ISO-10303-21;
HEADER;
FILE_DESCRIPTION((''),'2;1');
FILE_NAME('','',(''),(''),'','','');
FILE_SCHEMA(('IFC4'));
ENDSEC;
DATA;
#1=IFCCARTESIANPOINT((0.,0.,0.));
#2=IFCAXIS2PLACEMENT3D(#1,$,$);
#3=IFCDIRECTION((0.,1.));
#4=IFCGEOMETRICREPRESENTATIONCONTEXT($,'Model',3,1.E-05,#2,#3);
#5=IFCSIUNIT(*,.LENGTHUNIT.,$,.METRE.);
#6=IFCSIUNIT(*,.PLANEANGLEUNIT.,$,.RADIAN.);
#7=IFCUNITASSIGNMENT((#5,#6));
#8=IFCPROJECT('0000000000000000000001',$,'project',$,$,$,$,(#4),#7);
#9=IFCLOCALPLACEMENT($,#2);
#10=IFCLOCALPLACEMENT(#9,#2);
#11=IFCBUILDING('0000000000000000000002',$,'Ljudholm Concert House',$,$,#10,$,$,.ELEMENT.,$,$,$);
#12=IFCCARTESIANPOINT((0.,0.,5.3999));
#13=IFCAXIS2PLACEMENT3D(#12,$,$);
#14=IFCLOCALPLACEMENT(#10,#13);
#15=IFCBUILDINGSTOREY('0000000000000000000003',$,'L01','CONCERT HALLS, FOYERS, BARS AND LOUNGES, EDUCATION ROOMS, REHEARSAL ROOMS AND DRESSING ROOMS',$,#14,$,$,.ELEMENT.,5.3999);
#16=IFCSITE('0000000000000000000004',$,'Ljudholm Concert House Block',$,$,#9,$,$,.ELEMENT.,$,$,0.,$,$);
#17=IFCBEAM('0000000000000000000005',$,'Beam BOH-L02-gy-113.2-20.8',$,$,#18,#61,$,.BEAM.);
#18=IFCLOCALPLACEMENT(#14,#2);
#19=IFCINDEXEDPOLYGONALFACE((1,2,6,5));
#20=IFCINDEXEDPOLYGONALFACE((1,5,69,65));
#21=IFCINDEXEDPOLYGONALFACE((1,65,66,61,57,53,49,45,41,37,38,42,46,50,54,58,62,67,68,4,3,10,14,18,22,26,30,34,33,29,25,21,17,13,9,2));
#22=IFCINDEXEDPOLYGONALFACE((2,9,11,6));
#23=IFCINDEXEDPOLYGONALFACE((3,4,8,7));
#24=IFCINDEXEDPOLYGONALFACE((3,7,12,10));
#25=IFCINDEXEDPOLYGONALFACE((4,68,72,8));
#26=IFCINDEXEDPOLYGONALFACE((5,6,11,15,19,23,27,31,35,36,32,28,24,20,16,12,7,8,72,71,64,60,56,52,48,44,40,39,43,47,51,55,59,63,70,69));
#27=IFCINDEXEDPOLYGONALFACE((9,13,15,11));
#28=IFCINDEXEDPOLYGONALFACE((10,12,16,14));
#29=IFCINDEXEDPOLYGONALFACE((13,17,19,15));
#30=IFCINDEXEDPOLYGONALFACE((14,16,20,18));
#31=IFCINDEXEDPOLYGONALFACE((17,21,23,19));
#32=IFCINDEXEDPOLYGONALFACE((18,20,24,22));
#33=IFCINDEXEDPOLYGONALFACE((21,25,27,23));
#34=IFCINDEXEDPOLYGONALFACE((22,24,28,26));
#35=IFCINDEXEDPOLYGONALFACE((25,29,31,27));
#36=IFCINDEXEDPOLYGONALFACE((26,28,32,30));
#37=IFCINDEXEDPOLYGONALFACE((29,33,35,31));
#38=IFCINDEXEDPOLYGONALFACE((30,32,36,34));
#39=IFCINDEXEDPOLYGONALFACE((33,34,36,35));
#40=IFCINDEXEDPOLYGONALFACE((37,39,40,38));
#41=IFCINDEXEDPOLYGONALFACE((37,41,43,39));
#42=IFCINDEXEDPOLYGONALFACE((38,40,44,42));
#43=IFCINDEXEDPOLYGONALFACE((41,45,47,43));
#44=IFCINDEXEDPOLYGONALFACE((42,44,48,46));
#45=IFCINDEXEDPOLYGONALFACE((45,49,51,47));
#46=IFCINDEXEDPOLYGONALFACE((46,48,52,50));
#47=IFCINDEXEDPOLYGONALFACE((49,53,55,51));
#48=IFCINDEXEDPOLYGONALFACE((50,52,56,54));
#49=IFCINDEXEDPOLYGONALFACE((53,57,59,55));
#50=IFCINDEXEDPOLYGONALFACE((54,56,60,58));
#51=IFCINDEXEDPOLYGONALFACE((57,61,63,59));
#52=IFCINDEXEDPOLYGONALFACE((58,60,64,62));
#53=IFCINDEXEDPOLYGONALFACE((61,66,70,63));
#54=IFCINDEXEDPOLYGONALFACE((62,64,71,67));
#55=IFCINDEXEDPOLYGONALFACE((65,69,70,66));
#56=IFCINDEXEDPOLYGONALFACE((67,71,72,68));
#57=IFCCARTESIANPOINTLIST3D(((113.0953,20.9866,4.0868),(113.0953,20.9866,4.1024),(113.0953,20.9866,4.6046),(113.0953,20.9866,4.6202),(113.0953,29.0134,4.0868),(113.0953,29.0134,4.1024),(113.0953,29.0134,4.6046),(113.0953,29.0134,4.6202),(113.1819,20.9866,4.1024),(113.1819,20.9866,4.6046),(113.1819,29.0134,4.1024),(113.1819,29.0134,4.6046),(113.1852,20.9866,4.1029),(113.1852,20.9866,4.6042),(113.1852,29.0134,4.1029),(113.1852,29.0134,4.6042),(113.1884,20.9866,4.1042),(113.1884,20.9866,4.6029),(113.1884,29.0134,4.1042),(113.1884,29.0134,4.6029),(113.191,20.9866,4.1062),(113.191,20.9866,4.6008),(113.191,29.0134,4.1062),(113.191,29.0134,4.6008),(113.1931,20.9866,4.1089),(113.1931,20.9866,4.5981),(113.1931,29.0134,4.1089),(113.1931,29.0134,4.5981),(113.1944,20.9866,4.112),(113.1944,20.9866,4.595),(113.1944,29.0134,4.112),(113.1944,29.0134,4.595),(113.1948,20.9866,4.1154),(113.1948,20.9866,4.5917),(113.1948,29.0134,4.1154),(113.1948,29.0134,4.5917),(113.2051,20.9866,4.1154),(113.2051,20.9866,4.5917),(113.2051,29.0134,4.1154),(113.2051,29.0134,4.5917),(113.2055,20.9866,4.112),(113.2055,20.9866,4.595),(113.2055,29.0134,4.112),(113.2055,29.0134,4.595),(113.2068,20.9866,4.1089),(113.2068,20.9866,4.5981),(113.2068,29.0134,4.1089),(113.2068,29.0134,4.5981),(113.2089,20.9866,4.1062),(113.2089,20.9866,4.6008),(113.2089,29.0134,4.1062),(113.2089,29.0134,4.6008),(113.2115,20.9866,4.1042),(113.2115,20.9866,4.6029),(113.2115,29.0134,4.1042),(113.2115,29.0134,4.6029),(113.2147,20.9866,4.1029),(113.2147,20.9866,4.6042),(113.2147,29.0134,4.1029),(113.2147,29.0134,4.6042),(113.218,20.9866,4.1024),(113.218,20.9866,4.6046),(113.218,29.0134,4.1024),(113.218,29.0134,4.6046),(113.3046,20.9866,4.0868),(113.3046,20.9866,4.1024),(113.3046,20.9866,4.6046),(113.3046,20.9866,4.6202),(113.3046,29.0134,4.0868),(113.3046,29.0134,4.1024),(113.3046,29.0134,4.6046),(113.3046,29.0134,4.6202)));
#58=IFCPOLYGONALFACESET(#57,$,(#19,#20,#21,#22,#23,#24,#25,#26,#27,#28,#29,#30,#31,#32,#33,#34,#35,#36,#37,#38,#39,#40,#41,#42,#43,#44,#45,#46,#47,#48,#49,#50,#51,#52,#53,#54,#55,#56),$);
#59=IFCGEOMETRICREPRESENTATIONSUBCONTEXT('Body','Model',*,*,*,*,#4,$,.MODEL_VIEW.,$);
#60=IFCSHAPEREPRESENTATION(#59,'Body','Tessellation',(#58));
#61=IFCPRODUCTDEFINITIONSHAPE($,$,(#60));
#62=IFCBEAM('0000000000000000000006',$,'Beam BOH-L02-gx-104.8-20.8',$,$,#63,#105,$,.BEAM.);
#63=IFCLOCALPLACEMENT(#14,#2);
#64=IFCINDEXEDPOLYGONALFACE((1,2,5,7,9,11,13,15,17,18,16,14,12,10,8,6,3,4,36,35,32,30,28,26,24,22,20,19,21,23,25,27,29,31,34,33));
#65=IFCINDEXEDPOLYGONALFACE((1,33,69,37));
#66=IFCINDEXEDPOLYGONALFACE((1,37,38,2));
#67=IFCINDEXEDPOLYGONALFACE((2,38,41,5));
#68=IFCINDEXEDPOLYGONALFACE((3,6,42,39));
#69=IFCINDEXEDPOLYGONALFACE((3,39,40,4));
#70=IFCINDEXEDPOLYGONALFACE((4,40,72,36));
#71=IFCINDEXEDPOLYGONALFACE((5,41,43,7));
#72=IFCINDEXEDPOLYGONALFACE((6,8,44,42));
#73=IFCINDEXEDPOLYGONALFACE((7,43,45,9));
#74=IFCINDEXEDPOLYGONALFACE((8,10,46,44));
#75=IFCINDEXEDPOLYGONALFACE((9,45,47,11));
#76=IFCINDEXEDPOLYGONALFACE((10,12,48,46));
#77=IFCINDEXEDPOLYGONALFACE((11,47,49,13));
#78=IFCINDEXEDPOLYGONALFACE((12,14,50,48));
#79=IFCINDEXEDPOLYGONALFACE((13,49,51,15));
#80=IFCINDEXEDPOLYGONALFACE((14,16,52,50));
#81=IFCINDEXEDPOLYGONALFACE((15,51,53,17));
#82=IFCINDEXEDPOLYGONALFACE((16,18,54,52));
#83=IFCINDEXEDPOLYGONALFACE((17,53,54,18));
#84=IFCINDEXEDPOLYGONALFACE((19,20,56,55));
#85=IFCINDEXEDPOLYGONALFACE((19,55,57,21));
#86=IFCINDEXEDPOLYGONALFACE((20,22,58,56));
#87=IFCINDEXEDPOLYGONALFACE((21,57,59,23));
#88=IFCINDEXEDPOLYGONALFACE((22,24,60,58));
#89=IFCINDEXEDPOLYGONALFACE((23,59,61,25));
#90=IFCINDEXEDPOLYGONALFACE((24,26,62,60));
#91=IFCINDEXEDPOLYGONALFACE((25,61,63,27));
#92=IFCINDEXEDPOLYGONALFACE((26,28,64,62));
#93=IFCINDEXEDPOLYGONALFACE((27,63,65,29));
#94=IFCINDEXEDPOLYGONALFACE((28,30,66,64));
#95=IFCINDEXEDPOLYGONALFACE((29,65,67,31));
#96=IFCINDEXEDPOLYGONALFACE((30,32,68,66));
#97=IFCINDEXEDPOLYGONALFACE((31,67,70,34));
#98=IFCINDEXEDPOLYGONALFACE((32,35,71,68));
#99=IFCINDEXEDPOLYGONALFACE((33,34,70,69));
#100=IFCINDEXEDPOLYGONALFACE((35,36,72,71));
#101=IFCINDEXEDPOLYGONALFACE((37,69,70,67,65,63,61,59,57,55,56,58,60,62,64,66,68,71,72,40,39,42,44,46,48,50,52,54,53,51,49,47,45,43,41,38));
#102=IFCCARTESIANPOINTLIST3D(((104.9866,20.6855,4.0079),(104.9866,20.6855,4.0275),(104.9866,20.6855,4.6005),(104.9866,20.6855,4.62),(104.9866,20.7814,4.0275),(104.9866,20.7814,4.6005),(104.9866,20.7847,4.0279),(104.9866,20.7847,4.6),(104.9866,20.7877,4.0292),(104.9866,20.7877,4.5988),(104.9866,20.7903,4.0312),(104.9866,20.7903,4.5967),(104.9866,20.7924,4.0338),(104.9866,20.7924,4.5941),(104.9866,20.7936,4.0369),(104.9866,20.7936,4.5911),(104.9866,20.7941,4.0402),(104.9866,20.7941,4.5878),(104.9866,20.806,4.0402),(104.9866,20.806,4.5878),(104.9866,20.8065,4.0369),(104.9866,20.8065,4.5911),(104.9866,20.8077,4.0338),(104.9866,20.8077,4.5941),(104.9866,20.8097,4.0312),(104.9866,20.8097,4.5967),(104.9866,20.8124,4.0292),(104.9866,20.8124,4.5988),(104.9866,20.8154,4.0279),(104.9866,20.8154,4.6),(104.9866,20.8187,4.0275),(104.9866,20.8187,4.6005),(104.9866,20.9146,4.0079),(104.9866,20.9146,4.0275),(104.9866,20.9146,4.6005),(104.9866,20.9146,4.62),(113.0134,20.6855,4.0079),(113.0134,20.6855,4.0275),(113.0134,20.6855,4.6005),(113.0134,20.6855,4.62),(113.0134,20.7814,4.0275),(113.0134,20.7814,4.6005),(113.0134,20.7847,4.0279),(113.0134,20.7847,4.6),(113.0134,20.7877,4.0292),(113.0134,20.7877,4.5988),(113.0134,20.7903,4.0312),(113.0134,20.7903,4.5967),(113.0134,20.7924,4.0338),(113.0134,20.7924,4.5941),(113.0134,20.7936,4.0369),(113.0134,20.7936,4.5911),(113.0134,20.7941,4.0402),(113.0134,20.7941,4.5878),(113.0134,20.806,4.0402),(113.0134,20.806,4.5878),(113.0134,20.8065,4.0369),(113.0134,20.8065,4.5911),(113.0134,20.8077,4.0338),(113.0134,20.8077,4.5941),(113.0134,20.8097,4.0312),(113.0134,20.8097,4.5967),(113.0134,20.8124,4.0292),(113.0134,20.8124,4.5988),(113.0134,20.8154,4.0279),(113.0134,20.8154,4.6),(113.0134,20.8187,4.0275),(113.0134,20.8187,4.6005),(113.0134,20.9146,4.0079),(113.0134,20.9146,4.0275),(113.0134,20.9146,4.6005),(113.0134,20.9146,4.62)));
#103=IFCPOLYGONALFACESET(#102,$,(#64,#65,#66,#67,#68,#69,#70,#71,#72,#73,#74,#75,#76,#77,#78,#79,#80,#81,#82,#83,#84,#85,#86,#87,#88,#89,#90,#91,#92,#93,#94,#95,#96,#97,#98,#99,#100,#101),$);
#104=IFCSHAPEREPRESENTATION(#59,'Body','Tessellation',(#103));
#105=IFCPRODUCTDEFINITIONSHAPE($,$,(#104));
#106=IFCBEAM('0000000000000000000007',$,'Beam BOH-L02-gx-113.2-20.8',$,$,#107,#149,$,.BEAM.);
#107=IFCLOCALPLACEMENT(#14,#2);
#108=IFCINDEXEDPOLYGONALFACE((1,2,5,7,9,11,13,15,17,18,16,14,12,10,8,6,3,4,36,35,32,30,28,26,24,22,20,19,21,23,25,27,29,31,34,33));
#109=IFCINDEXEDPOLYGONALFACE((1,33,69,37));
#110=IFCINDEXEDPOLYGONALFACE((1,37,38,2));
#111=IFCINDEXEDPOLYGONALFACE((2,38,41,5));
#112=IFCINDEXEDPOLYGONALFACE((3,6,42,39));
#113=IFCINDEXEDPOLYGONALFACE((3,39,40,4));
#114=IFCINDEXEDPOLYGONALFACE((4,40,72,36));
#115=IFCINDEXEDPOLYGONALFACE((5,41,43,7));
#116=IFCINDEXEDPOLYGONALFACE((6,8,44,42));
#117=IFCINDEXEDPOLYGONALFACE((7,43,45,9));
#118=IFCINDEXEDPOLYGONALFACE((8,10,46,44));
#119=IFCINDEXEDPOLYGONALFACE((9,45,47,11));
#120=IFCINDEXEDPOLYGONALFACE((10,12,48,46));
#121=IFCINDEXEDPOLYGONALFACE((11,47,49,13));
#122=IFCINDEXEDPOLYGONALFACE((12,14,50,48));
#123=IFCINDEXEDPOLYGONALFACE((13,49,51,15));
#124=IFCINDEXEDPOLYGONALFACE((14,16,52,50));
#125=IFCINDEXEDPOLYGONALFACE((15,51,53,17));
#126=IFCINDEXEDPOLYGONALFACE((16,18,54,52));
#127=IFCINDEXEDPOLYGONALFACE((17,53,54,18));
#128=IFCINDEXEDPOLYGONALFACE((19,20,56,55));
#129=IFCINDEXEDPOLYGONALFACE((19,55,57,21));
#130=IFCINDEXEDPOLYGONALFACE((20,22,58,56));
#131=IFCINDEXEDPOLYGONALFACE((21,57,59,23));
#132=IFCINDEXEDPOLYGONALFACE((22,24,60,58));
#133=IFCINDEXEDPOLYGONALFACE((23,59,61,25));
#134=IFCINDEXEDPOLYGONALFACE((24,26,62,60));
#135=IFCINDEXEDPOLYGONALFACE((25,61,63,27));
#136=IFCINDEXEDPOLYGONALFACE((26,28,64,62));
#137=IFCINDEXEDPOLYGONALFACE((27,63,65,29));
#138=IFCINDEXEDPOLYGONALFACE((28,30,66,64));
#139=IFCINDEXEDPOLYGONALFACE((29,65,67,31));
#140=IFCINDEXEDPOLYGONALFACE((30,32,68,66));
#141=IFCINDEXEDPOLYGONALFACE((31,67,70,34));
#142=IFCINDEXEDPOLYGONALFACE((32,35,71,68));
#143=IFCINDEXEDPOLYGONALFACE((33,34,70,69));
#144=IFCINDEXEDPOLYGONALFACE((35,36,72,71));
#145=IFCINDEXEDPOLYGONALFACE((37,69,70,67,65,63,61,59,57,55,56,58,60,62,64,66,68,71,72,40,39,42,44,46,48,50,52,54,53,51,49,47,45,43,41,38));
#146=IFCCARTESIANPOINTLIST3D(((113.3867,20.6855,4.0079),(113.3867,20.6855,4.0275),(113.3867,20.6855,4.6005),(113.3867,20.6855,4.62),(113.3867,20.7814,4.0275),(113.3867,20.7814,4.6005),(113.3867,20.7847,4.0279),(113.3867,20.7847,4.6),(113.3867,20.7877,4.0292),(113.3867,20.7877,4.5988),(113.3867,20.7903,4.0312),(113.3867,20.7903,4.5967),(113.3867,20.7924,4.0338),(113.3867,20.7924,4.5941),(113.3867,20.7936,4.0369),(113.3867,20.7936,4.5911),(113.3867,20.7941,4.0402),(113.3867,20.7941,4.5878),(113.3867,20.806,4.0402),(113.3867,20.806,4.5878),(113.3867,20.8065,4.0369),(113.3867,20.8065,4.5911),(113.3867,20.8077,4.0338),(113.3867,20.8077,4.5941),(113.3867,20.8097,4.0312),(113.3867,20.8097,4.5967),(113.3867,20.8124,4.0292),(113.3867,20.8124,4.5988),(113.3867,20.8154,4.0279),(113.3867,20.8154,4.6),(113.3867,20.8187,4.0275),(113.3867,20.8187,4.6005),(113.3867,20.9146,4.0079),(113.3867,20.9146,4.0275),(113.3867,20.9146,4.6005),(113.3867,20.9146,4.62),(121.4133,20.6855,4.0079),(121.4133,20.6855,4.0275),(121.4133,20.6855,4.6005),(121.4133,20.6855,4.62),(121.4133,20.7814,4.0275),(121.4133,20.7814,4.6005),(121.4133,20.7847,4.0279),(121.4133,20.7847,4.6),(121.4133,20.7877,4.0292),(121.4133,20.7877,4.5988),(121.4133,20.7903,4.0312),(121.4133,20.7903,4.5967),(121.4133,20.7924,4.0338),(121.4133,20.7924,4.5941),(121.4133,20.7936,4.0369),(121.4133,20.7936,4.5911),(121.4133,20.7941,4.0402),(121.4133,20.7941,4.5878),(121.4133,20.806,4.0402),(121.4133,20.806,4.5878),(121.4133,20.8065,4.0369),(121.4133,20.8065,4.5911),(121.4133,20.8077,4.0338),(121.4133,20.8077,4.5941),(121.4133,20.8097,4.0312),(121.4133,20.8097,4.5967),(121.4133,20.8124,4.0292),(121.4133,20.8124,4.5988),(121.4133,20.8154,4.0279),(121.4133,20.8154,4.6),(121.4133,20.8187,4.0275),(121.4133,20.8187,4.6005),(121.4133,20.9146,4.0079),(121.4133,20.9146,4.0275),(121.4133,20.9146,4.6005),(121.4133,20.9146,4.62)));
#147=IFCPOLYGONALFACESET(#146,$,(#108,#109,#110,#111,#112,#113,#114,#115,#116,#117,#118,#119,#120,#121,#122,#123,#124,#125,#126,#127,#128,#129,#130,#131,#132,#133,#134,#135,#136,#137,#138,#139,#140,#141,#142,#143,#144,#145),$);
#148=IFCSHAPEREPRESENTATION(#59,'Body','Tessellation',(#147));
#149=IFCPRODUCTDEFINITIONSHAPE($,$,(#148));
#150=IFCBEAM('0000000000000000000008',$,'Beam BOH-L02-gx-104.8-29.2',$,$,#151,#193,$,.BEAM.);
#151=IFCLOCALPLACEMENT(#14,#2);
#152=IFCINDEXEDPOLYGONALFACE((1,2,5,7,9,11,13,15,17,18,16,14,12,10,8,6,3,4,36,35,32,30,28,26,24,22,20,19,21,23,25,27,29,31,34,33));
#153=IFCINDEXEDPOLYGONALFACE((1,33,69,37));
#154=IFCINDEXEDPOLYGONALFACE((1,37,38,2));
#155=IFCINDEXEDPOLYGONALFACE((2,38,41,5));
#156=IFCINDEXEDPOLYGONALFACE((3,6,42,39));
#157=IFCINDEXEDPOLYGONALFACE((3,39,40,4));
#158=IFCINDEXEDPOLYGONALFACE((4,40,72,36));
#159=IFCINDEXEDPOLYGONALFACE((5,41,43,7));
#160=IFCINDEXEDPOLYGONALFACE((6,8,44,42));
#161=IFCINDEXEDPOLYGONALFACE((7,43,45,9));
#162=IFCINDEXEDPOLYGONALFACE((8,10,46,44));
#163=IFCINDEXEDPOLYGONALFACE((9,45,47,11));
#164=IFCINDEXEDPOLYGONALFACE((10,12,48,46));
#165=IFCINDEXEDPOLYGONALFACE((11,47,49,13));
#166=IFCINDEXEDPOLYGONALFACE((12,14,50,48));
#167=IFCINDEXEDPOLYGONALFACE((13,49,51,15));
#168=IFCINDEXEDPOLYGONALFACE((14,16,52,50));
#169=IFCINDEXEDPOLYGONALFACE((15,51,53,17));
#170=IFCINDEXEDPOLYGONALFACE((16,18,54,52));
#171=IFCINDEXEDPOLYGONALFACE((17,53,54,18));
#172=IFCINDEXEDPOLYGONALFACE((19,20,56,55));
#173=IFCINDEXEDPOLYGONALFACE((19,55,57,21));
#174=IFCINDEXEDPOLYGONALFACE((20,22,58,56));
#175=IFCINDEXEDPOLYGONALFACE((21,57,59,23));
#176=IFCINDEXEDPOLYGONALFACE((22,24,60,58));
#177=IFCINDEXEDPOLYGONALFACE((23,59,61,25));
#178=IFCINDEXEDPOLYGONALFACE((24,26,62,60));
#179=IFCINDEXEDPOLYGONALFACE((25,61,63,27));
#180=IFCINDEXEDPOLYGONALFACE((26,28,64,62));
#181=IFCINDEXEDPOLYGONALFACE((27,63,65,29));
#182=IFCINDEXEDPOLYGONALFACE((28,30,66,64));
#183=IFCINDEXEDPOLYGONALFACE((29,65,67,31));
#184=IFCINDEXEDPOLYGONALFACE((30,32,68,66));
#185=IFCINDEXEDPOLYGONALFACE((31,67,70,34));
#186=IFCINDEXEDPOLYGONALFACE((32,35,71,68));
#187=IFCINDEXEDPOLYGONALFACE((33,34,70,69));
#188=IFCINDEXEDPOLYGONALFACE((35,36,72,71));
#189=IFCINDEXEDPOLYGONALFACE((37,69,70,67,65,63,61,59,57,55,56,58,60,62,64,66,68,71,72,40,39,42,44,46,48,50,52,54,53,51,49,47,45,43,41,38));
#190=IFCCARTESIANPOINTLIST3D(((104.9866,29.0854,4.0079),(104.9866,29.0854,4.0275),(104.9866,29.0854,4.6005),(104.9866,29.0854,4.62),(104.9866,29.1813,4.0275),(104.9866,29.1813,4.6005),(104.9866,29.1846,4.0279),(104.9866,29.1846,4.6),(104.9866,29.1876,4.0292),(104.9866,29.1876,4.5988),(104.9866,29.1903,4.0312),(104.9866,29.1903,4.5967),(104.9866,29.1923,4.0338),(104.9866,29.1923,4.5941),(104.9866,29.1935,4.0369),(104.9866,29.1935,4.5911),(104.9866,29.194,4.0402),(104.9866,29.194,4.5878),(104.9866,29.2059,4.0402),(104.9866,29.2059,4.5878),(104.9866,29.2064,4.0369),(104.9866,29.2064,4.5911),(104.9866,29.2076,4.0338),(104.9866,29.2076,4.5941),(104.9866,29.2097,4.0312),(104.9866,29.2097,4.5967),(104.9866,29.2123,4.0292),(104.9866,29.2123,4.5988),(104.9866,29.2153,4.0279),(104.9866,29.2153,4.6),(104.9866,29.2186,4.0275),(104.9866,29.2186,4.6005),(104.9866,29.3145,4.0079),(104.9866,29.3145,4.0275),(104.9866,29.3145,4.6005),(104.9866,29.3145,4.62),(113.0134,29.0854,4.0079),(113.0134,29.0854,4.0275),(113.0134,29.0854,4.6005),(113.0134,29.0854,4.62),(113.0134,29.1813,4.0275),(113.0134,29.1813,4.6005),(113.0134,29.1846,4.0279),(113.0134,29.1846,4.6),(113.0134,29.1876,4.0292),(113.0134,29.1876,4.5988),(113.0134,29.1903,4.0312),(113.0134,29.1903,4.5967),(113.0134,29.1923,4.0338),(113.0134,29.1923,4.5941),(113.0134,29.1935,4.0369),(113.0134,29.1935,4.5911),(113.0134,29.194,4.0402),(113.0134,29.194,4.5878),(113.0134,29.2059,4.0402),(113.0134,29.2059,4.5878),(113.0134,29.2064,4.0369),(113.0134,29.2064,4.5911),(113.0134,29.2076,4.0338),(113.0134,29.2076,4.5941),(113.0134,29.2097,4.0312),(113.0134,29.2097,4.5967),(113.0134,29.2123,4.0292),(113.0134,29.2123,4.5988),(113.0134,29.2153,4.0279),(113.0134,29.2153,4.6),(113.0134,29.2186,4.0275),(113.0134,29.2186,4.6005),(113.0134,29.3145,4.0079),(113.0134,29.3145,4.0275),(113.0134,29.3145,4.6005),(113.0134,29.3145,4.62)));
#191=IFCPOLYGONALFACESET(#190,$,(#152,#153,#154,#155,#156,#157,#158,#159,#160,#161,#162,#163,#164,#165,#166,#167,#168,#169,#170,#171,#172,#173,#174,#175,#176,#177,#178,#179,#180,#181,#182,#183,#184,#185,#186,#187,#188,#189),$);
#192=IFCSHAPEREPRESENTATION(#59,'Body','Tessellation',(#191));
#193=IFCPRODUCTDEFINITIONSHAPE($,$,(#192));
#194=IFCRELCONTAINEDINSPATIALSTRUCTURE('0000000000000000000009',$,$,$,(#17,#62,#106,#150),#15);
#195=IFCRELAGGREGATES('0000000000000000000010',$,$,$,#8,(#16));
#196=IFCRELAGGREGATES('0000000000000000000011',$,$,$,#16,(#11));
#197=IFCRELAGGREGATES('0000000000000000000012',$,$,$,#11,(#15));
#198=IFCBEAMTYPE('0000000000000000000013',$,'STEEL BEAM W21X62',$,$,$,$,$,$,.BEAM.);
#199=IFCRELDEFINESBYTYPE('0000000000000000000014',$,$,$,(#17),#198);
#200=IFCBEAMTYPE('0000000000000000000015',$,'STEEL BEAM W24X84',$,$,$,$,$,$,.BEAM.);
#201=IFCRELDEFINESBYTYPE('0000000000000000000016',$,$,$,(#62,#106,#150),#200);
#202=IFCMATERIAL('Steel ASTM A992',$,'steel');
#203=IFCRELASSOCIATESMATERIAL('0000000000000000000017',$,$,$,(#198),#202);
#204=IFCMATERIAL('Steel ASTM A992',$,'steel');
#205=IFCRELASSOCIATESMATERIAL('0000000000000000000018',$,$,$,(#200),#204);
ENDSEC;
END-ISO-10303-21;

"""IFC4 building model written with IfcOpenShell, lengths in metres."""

from ifc_helpers import new_model, si_unit, direction, frame, origin, origin_2d, place, context, subcontext, project, spatial, i_section, extrude, material, material_profile, profile_set, type_object, element, save


model = new_model("IFC4")

# Units and contexts
model_context = context("Model", 3, precision=1e-05, world=origin(), true_north=direction((0.0, 1.0)))
body_context = subcontext(model_context, "Body", "Model", "MODEL_VIEW")
ifc_project = project(units=[si_unit("LENGTHUNIT", "METRE"), si_unit("PLANEANGLEUNIT", "RADIAN")], contexts=[model_context])

# Site, building, storey
site_placement = place(None, origin())
site = spatial("IfcSite", under=ifc_project, at=site_placement, Name="Ljudholm Concert House Block", CompositionType="ELEMENT", RefElevation=0.0)
building_placement = place(site_placement, origin())
building = spatial("IfcBuilding", under=site, at=building_placement, Name="Ljudholm Concert House", CompositionType="ELEMENT")
storey_placement = place(building_placement, frame((0.0, 0.0, 5.3999)))
storey = spatial("IfcBuildingStorey", under=building, at=storey_placement, Name="L01", Description="CONCERT HALLS, FOYERS, BARS AND LOUNGES, EDUCATION ROOMS, REHEARSAL ROOMS AND DRESSING ROOMS", CompositionType="ELEMENT", Elevation=5.3999)

# Beams
ifc_material_1 = material(Name="Steel ASTM A992", Category="steel")
ifc_material_profile_1 = material_profile(ifc_material_1, i_section(OverallWidth=0.2092, OverallDepth=0.5334, WebThickness=0.0103, FlangeThickness=0.0156, FilletRadius=0.0129, at=origin_2d()), Name="W21X62")
ifc_profile_set_1 = profile_set([ifc_material_profile_1], Name="Steel ASTM A992")
beam_type_1 = type_object("IfcBeamType", Name="STEEL BEAM W21X62", PredefinedType="BEAM", material=ifc_profile_set_1)
beam_1_placement = place(storey_placement, frame((113.2, 20.9866, 4.3535), z_axis=(0.0, 1.0, 0.0), x_axis=(-1.0, 0.0, 0.0)))
element("IfcBeam", 1, at=beam_1_placement, inside=storey, type_object=beam_type_1, Name="Beam BOH-L02-gy-113.2-20.8", PredefinedType="BEAM", context=body_context, shape_type="SweptSolid", body=[
    extrude(i_section(OverallWidth=0.2092, OverallDepth=0.5334, WebThickness=0.0103, FlangeThickness=0.0156, FilletRadius=0.0129, at=origin_2d()), origin(), (0.0, 0.0, 1.0), 8.0269),
])
ifc_material_2 = material(Name="Steel ASTM A992", Category="steel")
ifc_material_profile_2 = material_profile(ifc_material_2, i_section(OverallWidth=0.229, OverallDepth=0.6121, WebThickness=0.012, FlangeThickness=0.0195, FilletRadius=0.0127, at=origin_2d()), Name="W24X84")
ifc_profile_set_2 = profile_set([ifc_material_profile_2], Name="Steel ASTM A992")
beam_type_2 = type_object("IfcBeamType", Name="STEEL BEAM W24X84", PredefinedType="BEAM", material=ifc_profile_set_2)
beam_2_placement = place(storey_placement, frame((104.9866, 20.8, 4.314), z_axis=(1.0, 0.0, 0.0), x_axis=(0.0, 1.0, 0.0)))
element("IfcBeam", 2, at=beam_2_placement, inside=storey, type_object=beam_type_2, Name="Beam BOH-L02-gx-104.8-20.8", PredefinedType="BEAM", context=body_context, shape_type="SweptSolid", body=[
    extrude(i_section(OverallWidth=0.229, OverallDepth=0.6121, WebThickness=0.012, FlangeThickness=0.0195, FilletRadius=0.0127, at=origin_2d()), origin(), (0.0, 0.0, 1.0), 8.0269),
])
beam_3_placement = place(storey_placement, frame((113.3867, 20.8, 4.314), z_axis=(1.0, 0.0, 0.0), x_axis=(0.0, 1.0, 0.0)))
element("IfcBeam", 3, at=beam_3_placement, inside=storey, type_object=beam_type_2, Name="Beam BOH-L02-gx-113.2-20.8", PredefinedType="BEAM", context=body_context, shape_type="SweptSolid", body=[
    extrude(i_section(OverallWidth=0.229, OverallDepth=0.6121, WebThickness=0.012, FlangeThickness=0.0195, FilletRadius=0.0127, at=origin_2d()), origin(), (0.0, 0.0, 1.0), 8.0266),
])
beam_4_placement = place(storey_placement, frame((104.9866, 29.2, 4.314), z_axis=(1.0, 0.0, 0.0), x_axis=(0.0, 1.0, 0.0)))
element("IfcBeam", 4, at=beam_4_placement, inside=storey, type_object=beam_type_2, Name="Beam BOH-L02-gx-104.8-29.2", PredefinedType="BEAM", context=body_context, shape_type="SweptSolid", body=[
    extrude(i_section(OverallWidth=0.229, OverallDepth=0.6121, WebThickness=0.012, FlangeThickness=0.0195, FilletRadius=0.0127, at=origin_2d()), origin(), (0.0, 0.0, 1.0), 8.0269),
])

save(model, "model.ifc")
